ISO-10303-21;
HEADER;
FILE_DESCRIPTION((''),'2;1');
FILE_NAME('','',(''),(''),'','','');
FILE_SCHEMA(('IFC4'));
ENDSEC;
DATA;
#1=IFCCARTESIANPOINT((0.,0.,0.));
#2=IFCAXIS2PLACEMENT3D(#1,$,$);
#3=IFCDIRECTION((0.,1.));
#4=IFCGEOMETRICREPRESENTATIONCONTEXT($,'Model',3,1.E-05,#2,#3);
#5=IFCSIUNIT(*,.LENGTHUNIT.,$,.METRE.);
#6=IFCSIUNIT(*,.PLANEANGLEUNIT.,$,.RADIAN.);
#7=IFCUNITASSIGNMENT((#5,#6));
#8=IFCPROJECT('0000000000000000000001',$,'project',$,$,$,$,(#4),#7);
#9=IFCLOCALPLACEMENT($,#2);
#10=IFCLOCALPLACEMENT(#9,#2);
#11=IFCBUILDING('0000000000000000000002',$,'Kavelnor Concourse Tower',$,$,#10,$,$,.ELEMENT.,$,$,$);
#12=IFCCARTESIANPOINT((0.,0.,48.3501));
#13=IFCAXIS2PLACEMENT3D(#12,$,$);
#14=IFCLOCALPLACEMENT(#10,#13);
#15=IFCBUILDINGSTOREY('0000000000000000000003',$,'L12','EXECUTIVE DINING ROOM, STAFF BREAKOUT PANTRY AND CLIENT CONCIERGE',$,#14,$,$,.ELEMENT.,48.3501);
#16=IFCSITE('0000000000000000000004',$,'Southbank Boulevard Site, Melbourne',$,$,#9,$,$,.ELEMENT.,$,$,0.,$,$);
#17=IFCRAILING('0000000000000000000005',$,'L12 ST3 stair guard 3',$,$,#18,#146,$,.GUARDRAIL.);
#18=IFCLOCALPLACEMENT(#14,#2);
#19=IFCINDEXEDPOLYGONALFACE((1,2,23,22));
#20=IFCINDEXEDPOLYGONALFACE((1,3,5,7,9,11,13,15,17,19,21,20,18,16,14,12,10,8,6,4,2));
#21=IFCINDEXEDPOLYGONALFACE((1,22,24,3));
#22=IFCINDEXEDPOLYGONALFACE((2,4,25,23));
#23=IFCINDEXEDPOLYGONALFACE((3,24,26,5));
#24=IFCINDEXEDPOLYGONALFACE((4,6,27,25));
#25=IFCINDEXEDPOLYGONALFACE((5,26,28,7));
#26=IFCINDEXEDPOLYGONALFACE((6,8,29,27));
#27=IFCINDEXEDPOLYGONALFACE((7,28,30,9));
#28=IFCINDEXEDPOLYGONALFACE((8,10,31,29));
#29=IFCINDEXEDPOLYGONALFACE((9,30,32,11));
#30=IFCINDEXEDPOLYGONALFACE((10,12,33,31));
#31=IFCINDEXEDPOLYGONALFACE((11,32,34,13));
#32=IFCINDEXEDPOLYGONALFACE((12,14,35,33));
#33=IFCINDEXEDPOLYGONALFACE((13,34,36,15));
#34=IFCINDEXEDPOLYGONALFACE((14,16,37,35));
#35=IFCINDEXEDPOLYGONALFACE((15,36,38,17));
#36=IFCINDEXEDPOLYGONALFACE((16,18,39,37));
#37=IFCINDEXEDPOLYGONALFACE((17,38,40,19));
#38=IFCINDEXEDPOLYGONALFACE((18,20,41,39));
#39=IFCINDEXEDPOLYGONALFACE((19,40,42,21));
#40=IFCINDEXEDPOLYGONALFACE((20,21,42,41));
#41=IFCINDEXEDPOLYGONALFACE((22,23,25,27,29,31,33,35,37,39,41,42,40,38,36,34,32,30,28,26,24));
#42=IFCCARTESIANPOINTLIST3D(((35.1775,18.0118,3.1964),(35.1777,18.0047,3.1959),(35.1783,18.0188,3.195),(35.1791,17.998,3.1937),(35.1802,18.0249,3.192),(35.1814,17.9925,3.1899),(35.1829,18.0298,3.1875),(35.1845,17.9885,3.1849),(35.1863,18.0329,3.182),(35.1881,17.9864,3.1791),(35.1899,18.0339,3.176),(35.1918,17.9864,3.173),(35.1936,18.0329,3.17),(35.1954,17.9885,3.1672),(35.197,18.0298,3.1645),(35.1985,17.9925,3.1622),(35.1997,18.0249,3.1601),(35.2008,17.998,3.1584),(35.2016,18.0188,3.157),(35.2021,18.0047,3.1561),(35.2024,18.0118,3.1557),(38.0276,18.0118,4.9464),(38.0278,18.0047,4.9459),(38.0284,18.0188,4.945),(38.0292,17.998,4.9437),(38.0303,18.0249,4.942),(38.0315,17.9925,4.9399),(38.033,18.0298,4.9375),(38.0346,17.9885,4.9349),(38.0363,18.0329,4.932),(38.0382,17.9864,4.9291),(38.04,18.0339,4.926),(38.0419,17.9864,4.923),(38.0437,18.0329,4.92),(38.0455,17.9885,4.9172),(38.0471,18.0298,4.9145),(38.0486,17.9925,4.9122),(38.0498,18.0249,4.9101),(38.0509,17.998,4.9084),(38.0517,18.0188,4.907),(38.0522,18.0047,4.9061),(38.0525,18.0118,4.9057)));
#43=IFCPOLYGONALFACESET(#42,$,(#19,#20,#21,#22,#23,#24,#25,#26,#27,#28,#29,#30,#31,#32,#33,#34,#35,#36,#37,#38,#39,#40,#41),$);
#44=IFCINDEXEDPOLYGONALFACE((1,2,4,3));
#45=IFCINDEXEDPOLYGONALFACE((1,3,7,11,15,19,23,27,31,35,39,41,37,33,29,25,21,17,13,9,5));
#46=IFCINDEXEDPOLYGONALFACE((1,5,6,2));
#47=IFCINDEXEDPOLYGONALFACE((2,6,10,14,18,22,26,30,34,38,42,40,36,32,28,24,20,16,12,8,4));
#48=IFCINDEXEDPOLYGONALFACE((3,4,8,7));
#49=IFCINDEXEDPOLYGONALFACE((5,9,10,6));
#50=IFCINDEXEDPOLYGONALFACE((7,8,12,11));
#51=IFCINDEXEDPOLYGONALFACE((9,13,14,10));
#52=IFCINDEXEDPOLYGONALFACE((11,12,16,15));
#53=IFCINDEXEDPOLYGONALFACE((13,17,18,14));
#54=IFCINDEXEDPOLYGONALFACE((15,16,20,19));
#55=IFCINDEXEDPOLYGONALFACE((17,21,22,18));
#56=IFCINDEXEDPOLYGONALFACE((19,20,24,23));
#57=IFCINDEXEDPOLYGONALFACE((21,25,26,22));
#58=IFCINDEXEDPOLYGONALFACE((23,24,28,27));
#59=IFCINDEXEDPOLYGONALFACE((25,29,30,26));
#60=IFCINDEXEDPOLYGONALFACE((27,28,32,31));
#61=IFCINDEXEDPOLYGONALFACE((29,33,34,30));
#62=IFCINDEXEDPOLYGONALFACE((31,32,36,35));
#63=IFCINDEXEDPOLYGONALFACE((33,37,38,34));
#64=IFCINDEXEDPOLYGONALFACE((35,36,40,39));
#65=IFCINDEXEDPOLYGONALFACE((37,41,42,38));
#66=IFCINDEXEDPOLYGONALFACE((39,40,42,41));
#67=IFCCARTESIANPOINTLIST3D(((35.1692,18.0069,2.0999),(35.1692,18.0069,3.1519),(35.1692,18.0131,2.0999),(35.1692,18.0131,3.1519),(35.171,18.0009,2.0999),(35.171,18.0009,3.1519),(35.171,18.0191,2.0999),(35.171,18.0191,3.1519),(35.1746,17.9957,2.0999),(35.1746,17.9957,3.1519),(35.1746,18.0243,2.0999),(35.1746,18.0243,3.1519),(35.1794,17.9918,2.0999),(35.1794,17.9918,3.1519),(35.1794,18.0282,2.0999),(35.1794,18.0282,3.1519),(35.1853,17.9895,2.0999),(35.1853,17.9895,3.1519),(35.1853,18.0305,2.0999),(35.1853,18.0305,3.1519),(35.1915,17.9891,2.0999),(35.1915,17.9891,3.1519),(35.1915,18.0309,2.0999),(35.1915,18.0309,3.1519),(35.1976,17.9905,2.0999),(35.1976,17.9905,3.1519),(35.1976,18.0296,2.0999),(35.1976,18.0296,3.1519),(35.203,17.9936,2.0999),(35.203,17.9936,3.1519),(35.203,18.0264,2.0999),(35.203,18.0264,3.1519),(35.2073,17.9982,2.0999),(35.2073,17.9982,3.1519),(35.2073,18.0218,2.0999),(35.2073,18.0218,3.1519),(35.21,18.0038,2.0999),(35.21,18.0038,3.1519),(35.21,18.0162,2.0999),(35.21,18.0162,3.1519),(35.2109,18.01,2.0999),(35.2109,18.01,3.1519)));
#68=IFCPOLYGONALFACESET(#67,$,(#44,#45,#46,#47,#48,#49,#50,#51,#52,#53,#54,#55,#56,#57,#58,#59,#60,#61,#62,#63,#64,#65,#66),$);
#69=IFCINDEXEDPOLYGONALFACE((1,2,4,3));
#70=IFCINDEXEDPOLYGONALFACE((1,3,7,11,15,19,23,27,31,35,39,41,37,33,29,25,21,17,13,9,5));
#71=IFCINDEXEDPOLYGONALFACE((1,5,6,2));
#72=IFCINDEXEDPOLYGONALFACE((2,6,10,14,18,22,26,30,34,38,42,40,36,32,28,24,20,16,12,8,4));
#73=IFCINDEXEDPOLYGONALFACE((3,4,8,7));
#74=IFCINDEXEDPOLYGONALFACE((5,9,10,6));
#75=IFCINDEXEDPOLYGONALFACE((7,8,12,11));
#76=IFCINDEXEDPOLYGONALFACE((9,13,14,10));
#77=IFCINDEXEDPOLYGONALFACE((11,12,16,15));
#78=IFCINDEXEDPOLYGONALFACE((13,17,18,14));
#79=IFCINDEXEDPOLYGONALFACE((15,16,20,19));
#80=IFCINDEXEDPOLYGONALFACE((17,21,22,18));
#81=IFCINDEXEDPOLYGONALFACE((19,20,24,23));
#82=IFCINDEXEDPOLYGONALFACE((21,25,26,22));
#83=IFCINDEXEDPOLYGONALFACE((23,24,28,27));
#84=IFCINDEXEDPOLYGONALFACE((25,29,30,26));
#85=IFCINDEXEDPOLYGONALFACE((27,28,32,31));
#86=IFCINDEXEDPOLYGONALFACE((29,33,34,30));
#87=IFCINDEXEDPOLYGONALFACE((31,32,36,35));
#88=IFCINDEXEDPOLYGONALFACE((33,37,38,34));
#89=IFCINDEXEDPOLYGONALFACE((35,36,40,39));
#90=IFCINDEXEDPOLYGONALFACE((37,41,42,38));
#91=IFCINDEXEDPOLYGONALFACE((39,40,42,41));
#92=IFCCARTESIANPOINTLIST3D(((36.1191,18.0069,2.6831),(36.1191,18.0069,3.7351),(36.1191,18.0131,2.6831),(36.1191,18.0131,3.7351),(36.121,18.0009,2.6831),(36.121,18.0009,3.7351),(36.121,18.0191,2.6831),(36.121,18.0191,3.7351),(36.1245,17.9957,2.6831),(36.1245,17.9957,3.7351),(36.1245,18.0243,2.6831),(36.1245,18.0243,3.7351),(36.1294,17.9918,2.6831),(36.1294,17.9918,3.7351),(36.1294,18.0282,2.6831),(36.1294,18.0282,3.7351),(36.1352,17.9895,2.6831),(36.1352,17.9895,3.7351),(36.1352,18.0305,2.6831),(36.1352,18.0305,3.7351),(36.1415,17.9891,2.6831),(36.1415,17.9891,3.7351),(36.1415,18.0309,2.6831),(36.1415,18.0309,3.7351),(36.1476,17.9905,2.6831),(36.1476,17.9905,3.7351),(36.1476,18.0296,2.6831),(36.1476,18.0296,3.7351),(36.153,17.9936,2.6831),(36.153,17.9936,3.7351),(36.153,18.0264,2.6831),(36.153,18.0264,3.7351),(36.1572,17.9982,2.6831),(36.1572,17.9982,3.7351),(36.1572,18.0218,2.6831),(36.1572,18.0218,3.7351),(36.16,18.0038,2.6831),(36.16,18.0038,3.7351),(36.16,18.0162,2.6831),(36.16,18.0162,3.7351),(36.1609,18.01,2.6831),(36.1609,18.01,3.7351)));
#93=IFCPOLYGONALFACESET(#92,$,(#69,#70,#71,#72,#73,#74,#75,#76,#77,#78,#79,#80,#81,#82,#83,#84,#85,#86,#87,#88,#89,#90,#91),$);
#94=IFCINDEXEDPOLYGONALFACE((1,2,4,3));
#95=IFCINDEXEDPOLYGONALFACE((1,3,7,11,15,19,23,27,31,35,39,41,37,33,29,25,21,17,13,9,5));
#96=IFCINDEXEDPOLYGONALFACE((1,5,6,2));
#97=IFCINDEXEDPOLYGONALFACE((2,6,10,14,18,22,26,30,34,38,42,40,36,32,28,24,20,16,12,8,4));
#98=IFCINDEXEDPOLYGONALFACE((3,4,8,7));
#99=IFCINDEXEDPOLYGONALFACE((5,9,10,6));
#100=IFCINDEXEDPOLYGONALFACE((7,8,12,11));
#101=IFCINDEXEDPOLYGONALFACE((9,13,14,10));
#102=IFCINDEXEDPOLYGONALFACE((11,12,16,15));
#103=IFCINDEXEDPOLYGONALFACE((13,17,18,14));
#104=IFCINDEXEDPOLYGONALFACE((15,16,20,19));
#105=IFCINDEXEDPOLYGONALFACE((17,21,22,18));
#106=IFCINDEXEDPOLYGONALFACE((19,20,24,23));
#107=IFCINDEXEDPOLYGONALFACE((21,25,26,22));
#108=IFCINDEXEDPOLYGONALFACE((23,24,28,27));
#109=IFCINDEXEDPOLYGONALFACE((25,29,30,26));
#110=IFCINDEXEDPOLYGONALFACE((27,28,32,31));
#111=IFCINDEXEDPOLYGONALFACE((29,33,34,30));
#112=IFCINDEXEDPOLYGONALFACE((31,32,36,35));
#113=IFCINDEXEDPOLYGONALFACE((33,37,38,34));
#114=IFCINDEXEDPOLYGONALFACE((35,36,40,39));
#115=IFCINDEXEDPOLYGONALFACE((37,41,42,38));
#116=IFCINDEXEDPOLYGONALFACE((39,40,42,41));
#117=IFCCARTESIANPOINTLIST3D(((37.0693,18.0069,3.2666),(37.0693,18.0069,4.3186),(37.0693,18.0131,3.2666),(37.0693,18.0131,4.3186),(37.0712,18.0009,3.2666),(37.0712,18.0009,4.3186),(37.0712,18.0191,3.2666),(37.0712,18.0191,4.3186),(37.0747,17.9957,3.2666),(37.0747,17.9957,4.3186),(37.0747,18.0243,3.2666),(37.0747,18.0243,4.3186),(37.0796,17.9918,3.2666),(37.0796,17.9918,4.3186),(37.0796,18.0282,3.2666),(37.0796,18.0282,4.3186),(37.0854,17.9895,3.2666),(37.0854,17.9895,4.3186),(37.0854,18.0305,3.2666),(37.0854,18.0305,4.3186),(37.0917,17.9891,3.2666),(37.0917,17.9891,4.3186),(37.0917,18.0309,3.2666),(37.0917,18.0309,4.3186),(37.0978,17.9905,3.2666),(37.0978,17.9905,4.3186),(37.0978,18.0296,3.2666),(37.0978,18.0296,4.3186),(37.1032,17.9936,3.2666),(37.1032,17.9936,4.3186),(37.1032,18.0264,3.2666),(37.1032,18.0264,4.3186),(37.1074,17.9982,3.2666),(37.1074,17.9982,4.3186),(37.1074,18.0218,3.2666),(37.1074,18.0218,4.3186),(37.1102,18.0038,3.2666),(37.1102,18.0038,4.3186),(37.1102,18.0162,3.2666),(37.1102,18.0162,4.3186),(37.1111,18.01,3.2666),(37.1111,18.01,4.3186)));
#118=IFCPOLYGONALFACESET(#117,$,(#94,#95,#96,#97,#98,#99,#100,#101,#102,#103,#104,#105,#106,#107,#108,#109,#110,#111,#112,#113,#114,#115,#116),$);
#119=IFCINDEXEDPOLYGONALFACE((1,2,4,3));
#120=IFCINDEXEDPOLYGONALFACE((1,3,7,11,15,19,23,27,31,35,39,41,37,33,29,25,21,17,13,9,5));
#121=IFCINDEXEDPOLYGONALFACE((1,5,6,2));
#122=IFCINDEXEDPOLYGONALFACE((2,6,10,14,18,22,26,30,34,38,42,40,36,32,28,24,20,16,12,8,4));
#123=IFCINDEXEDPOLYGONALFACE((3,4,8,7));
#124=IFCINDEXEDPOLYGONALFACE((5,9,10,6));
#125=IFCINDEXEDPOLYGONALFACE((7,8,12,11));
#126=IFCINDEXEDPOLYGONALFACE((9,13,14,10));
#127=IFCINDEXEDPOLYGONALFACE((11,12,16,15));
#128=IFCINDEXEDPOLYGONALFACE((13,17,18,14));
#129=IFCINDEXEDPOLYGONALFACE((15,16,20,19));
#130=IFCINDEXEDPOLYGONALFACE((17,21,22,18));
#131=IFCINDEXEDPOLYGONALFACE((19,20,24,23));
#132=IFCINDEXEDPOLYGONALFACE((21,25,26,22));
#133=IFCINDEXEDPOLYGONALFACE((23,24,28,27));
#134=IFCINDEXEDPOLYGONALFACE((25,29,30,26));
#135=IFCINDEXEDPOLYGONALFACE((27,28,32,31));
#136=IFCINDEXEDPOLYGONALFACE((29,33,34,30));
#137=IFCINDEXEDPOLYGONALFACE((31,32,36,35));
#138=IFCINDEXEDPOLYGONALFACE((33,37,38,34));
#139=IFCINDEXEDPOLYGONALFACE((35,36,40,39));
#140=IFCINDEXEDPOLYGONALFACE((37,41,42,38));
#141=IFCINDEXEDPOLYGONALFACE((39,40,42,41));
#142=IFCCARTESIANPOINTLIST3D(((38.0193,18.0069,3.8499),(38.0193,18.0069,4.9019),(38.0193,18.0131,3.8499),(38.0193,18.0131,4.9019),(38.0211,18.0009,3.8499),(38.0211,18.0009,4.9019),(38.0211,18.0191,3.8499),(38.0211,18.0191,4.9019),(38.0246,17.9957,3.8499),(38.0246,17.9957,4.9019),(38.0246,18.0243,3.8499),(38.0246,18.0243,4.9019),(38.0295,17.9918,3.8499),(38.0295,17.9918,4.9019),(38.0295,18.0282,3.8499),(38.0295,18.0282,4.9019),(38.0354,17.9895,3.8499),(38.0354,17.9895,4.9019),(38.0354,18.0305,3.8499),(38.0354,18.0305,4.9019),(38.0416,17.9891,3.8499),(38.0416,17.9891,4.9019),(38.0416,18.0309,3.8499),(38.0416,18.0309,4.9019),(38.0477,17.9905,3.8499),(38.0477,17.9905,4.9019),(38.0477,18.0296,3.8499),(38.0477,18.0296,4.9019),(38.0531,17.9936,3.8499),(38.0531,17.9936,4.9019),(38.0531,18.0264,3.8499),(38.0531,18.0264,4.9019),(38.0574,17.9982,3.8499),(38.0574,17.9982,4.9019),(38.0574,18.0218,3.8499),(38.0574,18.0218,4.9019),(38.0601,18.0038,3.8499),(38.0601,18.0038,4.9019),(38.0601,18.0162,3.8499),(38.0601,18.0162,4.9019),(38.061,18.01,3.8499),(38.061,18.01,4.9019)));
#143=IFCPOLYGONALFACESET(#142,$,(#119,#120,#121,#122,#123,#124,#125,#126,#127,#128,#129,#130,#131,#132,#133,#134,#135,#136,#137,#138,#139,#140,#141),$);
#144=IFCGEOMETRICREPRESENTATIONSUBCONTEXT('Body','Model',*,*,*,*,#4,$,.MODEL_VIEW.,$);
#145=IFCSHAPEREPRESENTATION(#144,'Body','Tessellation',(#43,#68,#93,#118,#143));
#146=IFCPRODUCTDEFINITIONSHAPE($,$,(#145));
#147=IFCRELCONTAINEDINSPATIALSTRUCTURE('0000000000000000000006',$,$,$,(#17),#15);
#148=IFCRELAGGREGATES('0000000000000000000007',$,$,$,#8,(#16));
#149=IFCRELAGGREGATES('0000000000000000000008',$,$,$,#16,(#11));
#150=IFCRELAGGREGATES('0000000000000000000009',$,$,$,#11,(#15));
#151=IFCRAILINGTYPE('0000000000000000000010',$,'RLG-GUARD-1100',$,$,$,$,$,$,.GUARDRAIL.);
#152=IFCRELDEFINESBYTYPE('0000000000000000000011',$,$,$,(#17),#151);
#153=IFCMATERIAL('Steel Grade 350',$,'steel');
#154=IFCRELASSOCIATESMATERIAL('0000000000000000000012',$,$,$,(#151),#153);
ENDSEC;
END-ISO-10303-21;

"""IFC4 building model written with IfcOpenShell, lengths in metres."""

from ifc_helpers import new_model, si_unit, direction, frame, origin, origin_2d, place, context, subcontext, project, spatial, circle, extrude, material, type_object, element, save


model = new_model("IFC4")

# Units and contexts
model_context = context("Model", 3, precision=1e-05, world=origin(), true_north=direction((0.0, 1.0)))
body_context = subcontext(model_context, "Body", "Model", "MODEL_VIEW")
ifc_project = project(units=[si_unit("LENGTHUNIT", "METRE"), si_unit("PLANEANGLEUNIT", "RADIAN")], contexts=[model_context])

# Site, building, storey
site_placement = place(None, origin())
site = spatial("IfcSite", under=ifc_project, at=site_placement, Name="Southbank Boulevard Site, Melbourne", CompositionType="ELEMENT", RefElevation=0.0)
building_placement = place(site_placement, origin())
building = spatial("IfcBuilding", under=site, at=building_placement, Name="Kavelnor Concourse Tower", CompositionType="ELEMENT")
storey_placement = place(building_placement, frame((0.0, 0.0, 48.3501)))
storey = spatial("IfcBuildingStorey", under=building, at=storey_placement, Name="L12", Description="EXECUTIVE DINING ROOM, STAFF BREAKOUT PANTRY AND CLIENT CONCIERGE", CompositionType="ELEMENT", Elevation=48.3501)

# Shared definitions
ifc_material_1 = material(Name="Steel Grade 350", Category="steel")

# Railing
railing_type_1 = type_object("IfcRailingType", Name="RLG-GUARD-1100", PredefinedType="GUARDRAIL", material=ifc_material_1)
railing_1_placement = place(storey_placement, frame((35.1899, 18.01, 2.0999)))
element("IfcRailing", 1, at=railing_1_placement, inside=storey, type_object=railing_type_1, Name="L12 ST3 stair guard 3", PredefinedType="GUARDRAIL", context=body_context, shape_type="SweptSolid", body=[
    extrude(circle(Radius=0.0239, at=origin_2d()), frame((0.0, 0.0, 1.0762), z_axis=(0.852179, 0.0, 0.52325), x_axis=(0.0, 1.0, 0.0)), (0.0, 0.0, 1.0), 3.3445),
    extrude(circle(Radius=0.021, at=origin_2d()), origin(), (0.0, 0.0, 1.0), 1.052),
    extrude(circle(Radius=0.021, at=origin_2d()), frame((0.95, 0.0, 0.5833)), (0.0, 0.0, 1.0), 1.052),
    extrude(circle(Radius=0.021, at=origin_2d()), frame((1.9001, 0.0, 1.1667)), (0.0, 0.0, 1.0), 1.052),
    extrude(circle(Radius=0.021, at=origin_2d()), frame((2.8501, 0.0, 1.75)), (0.0, 0.0, 1.0), 1.052),
])

save(model, "model.ifc")
